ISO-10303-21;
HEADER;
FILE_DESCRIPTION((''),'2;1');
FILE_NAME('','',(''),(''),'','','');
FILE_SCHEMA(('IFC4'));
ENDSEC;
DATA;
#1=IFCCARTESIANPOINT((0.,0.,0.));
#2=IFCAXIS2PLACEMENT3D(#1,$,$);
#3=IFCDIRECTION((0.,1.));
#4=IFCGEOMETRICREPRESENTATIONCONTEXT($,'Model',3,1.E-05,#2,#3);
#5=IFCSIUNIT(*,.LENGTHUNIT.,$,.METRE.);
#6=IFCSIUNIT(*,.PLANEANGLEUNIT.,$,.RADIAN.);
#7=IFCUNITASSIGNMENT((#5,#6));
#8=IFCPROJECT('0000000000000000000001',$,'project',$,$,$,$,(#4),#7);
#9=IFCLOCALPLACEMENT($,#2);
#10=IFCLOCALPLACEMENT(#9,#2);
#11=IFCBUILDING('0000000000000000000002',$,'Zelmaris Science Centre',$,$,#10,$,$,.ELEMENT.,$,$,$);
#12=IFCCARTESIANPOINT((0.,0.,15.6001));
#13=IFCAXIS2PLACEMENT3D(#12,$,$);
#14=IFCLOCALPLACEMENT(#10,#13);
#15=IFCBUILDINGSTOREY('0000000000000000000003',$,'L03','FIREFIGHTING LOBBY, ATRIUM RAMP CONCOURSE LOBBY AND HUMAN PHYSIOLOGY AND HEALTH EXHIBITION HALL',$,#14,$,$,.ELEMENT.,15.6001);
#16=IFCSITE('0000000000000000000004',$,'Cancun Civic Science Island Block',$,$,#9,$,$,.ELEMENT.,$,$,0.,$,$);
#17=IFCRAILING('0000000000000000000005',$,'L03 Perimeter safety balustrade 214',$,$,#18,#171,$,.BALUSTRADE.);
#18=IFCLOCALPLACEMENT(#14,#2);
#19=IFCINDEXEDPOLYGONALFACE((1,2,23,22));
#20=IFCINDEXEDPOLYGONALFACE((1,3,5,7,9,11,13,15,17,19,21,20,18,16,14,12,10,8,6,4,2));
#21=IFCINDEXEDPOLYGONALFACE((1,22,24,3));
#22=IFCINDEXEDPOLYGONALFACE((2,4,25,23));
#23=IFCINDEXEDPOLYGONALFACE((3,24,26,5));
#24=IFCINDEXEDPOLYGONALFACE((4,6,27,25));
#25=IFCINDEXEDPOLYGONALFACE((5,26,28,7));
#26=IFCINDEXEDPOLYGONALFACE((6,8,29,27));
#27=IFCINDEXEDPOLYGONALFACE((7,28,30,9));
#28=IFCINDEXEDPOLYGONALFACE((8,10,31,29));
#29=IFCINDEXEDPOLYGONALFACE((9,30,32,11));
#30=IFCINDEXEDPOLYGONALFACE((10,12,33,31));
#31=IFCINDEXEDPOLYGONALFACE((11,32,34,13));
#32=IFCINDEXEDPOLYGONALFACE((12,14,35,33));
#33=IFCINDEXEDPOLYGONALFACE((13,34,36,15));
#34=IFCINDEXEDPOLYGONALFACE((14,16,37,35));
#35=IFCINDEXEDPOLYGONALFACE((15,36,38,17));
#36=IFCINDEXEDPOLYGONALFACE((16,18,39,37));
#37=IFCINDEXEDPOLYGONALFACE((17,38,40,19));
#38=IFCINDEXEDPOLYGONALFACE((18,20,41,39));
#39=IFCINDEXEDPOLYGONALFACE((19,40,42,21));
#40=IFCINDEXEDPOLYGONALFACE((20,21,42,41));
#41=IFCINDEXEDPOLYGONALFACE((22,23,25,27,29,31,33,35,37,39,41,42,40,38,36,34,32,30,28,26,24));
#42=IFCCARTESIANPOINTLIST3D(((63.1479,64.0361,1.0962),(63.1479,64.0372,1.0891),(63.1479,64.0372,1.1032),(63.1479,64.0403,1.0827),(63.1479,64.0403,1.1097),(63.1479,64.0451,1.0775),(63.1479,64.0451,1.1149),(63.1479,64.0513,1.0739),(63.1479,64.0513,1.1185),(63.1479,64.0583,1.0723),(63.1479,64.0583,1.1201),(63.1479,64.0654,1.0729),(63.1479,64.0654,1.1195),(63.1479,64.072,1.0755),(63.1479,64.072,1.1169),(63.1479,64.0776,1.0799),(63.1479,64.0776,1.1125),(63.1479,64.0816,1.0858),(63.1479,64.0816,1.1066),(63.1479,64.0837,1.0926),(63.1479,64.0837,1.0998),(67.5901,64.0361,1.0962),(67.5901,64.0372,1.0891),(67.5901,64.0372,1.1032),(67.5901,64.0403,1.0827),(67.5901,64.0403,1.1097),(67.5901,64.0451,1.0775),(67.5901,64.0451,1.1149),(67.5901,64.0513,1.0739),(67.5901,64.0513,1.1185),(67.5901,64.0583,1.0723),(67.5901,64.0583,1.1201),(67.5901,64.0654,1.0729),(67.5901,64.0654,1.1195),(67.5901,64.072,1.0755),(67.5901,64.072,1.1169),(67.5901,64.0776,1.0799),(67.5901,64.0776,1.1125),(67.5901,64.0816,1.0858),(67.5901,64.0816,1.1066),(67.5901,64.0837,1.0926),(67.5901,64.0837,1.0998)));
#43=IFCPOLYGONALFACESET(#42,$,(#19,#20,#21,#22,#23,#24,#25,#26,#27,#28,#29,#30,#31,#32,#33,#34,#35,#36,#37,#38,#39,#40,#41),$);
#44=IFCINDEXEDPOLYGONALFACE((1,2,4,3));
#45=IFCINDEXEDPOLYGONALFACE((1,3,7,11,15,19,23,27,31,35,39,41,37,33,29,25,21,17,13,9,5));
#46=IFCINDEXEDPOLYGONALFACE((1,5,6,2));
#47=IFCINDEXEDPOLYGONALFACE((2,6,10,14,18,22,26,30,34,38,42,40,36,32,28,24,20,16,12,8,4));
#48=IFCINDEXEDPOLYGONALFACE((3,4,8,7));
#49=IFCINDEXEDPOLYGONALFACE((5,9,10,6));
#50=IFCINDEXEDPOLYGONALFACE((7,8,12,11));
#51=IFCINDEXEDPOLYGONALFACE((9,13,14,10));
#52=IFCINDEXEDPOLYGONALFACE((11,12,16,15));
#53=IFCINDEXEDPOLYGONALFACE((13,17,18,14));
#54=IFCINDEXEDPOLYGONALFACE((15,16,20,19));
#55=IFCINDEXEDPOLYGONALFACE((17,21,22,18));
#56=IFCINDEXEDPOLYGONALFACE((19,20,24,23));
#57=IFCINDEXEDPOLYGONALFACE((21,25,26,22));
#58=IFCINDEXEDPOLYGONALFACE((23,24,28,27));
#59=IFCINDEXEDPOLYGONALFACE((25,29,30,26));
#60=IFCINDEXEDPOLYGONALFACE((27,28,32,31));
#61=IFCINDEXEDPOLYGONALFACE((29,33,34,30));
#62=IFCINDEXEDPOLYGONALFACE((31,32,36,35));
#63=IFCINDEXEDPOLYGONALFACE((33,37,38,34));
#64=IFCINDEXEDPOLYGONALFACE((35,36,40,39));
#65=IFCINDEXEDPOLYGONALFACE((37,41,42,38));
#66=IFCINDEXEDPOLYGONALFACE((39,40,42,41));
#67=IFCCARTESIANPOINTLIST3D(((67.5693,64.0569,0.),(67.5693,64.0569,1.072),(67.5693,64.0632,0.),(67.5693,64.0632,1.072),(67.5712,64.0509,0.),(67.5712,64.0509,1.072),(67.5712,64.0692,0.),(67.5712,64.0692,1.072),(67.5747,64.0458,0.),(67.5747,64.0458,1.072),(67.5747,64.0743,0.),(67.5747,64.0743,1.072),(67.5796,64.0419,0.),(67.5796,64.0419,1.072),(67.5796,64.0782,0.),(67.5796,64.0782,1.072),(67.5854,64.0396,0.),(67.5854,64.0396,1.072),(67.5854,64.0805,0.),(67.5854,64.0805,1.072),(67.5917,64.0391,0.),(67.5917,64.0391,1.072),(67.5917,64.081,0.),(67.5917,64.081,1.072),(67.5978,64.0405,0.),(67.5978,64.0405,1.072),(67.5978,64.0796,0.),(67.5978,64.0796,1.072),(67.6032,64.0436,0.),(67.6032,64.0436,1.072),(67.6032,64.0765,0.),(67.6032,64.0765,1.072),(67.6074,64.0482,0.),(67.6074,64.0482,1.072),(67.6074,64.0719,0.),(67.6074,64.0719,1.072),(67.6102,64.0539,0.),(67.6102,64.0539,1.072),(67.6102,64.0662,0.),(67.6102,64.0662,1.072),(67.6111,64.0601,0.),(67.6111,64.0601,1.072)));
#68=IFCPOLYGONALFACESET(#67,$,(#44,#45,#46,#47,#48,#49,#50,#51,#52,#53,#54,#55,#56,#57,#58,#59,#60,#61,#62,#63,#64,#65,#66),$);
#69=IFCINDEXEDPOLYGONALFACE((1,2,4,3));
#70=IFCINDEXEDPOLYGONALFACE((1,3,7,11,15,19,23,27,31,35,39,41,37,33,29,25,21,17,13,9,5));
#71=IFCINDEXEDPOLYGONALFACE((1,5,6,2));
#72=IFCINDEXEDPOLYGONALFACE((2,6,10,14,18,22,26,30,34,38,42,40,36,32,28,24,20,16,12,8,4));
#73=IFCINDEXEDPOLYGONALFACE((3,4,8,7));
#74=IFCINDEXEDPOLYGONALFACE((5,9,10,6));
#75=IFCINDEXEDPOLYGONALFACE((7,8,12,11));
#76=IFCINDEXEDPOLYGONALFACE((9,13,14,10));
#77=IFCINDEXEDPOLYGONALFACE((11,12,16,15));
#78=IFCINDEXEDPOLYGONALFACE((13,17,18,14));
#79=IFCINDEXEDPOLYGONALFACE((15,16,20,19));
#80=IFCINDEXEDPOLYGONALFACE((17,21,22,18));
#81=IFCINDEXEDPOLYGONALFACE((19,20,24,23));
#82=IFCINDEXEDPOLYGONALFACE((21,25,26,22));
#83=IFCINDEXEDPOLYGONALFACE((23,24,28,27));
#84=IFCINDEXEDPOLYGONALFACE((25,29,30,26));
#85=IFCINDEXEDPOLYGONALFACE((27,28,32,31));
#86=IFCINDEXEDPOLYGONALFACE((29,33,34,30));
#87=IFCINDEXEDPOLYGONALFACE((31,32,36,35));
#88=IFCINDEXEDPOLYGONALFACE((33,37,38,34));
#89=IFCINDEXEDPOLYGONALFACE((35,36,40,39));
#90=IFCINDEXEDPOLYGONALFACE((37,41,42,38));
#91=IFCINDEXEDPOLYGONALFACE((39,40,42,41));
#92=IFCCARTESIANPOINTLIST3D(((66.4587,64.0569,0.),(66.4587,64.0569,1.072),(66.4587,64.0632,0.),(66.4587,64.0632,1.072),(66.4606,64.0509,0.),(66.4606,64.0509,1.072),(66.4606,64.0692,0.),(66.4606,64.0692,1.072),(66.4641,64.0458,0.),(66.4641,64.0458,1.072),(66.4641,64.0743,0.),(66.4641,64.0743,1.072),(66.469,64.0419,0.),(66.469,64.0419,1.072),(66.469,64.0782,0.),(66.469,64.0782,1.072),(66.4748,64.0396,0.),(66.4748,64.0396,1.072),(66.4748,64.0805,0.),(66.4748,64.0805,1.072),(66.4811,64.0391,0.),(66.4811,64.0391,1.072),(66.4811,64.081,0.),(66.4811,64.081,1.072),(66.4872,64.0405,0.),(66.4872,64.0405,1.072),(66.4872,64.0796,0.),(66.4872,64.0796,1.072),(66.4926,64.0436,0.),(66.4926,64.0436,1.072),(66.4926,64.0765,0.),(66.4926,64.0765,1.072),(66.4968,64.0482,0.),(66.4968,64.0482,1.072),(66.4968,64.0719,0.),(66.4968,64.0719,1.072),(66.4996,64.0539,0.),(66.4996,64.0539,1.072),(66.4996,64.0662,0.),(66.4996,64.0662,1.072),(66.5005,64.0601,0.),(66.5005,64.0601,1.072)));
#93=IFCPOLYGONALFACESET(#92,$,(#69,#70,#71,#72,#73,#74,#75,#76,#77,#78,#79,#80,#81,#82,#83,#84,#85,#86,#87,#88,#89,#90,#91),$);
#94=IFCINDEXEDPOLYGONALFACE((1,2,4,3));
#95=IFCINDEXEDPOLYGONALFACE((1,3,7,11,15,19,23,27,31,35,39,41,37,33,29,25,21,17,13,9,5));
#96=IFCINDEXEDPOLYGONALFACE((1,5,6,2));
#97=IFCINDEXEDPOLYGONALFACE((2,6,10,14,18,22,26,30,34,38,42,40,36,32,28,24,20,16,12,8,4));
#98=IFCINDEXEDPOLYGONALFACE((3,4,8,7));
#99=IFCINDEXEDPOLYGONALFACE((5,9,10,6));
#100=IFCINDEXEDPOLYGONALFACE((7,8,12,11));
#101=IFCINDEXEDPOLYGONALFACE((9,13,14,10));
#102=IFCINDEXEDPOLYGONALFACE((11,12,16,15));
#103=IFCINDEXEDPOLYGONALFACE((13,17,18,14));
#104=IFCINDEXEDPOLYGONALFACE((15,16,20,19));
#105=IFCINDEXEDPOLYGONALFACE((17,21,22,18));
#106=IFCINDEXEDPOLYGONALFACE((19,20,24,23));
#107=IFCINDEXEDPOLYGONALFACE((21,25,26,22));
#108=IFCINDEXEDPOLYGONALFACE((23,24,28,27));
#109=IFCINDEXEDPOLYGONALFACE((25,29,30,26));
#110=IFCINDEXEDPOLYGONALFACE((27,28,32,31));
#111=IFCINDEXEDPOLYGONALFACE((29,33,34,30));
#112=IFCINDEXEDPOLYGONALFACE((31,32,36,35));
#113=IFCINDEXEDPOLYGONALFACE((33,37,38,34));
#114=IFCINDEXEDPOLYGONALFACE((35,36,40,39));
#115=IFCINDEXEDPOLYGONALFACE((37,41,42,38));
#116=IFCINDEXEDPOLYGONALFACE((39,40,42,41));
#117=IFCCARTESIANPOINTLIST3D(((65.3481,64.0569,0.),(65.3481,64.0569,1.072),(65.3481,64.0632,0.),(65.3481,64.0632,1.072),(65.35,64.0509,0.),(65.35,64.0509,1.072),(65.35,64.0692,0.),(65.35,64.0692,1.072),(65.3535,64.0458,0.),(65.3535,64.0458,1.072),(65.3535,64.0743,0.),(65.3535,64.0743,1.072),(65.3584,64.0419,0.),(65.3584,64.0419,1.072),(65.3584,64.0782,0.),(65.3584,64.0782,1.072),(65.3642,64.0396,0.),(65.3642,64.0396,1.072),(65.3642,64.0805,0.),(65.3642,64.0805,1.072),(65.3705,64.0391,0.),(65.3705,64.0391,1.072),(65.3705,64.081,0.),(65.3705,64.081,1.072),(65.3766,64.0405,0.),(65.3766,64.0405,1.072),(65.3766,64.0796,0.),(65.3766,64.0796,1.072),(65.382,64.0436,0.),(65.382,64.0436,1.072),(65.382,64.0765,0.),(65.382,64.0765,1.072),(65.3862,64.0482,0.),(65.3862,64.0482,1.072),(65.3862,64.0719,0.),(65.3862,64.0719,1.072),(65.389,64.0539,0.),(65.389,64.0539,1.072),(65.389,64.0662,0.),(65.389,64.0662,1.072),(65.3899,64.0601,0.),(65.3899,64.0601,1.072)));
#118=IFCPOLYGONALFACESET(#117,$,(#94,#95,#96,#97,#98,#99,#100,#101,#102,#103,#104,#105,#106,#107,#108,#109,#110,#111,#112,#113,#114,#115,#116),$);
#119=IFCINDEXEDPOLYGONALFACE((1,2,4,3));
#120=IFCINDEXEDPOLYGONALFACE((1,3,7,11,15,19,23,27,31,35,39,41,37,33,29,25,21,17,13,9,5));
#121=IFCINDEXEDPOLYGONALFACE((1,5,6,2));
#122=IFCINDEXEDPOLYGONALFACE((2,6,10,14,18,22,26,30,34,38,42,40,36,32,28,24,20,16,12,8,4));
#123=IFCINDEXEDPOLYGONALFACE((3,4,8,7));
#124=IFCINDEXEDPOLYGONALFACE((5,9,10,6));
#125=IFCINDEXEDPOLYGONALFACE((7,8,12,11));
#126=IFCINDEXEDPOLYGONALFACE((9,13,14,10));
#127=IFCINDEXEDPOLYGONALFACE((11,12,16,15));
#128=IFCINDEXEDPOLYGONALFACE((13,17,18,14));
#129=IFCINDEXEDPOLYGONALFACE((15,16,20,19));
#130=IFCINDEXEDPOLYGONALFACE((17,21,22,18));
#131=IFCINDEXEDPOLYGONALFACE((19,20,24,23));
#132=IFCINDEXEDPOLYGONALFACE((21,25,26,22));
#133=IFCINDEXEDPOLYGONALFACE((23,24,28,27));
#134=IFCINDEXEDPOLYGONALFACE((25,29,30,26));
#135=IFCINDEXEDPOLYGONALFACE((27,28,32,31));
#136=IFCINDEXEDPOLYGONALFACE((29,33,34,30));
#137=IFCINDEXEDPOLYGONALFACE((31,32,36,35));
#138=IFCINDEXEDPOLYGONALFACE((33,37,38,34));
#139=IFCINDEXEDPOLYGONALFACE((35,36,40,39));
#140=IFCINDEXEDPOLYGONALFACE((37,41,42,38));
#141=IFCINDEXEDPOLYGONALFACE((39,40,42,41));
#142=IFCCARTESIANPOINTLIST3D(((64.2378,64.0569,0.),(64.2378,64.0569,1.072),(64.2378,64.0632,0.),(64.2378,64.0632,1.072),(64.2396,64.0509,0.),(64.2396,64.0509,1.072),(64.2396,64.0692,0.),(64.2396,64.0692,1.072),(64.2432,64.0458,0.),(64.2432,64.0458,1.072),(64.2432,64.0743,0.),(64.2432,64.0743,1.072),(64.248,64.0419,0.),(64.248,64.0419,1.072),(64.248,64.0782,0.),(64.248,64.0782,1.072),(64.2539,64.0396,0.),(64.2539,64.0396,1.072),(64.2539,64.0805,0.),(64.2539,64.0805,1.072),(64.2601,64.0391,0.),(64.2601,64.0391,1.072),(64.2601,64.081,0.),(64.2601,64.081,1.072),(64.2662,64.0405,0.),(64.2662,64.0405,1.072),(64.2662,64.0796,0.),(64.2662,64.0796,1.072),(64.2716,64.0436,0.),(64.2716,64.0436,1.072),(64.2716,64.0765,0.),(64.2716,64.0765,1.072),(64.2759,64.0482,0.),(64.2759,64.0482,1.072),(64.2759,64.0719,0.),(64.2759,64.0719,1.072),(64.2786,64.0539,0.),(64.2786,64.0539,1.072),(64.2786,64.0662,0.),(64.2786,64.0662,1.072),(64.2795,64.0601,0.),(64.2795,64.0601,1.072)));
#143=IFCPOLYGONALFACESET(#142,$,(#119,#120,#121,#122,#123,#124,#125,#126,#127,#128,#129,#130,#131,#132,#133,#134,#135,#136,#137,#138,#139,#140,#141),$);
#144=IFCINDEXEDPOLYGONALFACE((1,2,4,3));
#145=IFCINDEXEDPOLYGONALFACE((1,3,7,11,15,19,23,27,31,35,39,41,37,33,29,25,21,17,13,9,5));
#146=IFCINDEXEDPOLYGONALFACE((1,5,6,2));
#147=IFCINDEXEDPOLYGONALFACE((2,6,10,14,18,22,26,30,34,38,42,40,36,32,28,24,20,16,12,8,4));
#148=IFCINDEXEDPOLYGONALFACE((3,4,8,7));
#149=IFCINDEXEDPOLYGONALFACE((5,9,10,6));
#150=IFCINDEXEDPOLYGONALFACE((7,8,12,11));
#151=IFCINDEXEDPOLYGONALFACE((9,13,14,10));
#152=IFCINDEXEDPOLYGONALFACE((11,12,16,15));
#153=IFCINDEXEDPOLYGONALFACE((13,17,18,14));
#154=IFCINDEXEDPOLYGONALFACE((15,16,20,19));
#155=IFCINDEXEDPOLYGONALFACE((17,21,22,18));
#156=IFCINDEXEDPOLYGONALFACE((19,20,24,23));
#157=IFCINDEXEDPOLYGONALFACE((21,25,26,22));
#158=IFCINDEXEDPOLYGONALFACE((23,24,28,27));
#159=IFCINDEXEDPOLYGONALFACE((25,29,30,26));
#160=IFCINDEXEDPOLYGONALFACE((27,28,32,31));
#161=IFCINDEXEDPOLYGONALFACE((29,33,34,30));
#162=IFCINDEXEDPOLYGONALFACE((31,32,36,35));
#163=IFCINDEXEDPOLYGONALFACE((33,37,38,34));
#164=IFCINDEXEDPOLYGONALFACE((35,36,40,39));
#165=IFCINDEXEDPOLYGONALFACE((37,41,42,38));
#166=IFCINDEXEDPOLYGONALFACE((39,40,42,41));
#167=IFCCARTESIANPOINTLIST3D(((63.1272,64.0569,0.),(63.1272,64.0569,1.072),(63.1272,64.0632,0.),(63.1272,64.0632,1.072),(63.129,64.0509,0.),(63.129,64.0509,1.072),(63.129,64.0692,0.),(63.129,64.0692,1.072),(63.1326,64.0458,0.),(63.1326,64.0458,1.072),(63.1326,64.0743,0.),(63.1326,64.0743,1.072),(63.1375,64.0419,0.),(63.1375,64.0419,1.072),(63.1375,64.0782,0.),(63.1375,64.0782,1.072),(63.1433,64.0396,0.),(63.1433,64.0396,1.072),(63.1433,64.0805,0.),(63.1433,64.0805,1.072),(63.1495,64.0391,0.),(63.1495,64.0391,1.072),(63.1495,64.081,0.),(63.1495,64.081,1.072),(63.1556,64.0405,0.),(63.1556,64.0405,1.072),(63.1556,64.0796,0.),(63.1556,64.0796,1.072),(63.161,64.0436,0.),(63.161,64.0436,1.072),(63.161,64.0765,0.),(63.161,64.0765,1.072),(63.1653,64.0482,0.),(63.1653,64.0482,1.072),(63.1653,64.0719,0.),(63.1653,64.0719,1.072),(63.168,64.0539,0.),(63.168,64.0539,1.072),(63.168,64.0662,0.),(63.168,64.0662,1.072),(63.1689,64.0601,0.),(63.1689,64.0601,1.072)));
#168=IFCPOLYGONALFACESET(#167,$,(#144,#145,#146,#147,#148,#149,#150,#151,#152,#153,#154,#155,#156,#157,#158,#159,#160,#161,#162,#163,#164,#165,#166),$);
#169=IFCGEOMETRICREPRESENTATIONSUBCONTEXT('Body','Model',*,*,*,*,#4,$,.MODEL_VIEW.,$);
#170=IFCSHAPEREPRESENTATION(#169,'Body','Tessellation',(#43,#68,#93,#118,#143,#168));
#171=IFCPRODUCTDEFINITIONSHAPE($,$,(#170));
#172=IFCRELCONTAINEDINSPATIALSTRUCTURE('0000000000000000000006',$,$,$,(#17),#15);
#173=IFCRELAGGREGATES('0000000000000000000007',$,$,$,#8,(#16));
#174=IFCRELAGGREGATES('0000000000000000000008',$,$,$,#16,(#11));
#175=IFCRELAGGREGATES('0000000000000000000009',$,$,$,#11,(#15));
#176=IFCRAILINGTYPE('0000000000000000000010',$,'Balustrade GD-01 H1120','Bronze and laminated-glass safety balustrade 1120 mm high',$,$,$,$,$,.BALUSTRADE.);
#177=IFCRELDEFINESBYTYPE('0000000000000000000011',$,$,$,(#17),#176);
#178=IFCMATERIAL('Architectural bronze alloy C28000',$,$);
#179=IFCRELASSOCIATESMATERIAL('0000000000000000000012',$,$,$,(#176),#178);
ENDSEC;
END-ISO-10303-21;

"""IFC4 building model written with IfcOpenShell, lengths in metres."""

from ifc_helpers import new_model, si_unit, direction, frame, origin, origin_2d, place, context, subcontext, project, spatial, circle, extrude, material, type_object, element, save


model = new_model("IFC4")

# Units and contexts
model_context = context("Model", 3, precision=1e-05, world=origin(), true_north=direction((0.0, 1.0)))
body_context = subcontext(model_context, "Body", "Model", "MODEL_VIEW")
ifc_project = project(units=[si_unit("LENGTHUNIT", "METRE"), si_unit("PLANEANGLEUNIT", "RADIAN")], contexts=[model_context])

# Site, building, storey
site_placement = place(None, origin())
site = spatial("IfcSite", under=ifc_project, at=site_placement, Name="Cancun Civic Science Island Block", CompositionType="ELEMENT", RefElevation=0.0)
building_placement = place(site_placement, origin())
building = spatial("IfcBuilding", under=site, at=building_placement, Name="Zelmaris Science Centre", CompositionType="ELEMENT")
storey_placement = place(building_placement, frame((0.0, 0.0, 15.6001)))
storey = spatial("IfcBuildingStorey", under=building, at=storey_placement, Name="L03", Description="FIREFIGHTING LOBBY, ATRIUM RAMP CONCOURSE LOBBY AND HUMAN PHYSIOLOGY AND HEALTH EXHIBITION HALL", CompositionType="ELEMENT", Elevation=15.6001)

# Railing
ifc_material_1 = material(Name="Architectural bronze alloy C28000")
railing_type = type_object("IfcRailingType", Name="Balustrade GD-01 H1120", Description="Bronze and laminated-glass safety balustrade 1120 mm high", PredefinedType="BALUSTRADE", material=ifc_material_1)
railing_1_placement = place(storey_placement, frame((67.5901, 64.0601, 0.0)))
element("IfcRailing", 1, at=railing_1_placement, inside=storey, type_object=railing_type, Name="L03 Perimeter safety balustrade 214", PredefinedType="BALUSTRADE", context=body_context, shape_type="SweptSolid", body=[
    extrude(circle(Radius=0.0239, at=origin_2d()), frame((0.0, 0.0, 1.0962), z_axis=(-1.0, 0.0, 0.0), x_axis=(0.0, -1.0, 0.0)), (0.0, 0.0, 1.0), 4.4421),
    extrude(circle(Radius=0.021, at=origin_2d()), origin(), (0.0, 0.0, 1.0), 1.072),
    extrude(circle(Radius=0.021, at=origin_2d()), frame((-1.1106, 0.0, 0.0)), (0.0, 0.0, 1.0), 1.072),
    extrude(circle(Radius=0.021, at=origin_2d()), frame((-2.2212, 0.0, 0.0)), (0.0, 0.0, 1.0), 1.072),
    extrude(circle(Radius=0.021, at=origin_2d()), frame((-3.3315, 0.0, 0.0)), (0.0, 0.0, 1.0), 1.072),
    extrude(circle(Radius=0.021, at=origin_2d()), frame((-4.4421, 0.0, 0.0)), (0.0, 0.0, 1.0), 1.072),
])

save(model, "model.ifc")
